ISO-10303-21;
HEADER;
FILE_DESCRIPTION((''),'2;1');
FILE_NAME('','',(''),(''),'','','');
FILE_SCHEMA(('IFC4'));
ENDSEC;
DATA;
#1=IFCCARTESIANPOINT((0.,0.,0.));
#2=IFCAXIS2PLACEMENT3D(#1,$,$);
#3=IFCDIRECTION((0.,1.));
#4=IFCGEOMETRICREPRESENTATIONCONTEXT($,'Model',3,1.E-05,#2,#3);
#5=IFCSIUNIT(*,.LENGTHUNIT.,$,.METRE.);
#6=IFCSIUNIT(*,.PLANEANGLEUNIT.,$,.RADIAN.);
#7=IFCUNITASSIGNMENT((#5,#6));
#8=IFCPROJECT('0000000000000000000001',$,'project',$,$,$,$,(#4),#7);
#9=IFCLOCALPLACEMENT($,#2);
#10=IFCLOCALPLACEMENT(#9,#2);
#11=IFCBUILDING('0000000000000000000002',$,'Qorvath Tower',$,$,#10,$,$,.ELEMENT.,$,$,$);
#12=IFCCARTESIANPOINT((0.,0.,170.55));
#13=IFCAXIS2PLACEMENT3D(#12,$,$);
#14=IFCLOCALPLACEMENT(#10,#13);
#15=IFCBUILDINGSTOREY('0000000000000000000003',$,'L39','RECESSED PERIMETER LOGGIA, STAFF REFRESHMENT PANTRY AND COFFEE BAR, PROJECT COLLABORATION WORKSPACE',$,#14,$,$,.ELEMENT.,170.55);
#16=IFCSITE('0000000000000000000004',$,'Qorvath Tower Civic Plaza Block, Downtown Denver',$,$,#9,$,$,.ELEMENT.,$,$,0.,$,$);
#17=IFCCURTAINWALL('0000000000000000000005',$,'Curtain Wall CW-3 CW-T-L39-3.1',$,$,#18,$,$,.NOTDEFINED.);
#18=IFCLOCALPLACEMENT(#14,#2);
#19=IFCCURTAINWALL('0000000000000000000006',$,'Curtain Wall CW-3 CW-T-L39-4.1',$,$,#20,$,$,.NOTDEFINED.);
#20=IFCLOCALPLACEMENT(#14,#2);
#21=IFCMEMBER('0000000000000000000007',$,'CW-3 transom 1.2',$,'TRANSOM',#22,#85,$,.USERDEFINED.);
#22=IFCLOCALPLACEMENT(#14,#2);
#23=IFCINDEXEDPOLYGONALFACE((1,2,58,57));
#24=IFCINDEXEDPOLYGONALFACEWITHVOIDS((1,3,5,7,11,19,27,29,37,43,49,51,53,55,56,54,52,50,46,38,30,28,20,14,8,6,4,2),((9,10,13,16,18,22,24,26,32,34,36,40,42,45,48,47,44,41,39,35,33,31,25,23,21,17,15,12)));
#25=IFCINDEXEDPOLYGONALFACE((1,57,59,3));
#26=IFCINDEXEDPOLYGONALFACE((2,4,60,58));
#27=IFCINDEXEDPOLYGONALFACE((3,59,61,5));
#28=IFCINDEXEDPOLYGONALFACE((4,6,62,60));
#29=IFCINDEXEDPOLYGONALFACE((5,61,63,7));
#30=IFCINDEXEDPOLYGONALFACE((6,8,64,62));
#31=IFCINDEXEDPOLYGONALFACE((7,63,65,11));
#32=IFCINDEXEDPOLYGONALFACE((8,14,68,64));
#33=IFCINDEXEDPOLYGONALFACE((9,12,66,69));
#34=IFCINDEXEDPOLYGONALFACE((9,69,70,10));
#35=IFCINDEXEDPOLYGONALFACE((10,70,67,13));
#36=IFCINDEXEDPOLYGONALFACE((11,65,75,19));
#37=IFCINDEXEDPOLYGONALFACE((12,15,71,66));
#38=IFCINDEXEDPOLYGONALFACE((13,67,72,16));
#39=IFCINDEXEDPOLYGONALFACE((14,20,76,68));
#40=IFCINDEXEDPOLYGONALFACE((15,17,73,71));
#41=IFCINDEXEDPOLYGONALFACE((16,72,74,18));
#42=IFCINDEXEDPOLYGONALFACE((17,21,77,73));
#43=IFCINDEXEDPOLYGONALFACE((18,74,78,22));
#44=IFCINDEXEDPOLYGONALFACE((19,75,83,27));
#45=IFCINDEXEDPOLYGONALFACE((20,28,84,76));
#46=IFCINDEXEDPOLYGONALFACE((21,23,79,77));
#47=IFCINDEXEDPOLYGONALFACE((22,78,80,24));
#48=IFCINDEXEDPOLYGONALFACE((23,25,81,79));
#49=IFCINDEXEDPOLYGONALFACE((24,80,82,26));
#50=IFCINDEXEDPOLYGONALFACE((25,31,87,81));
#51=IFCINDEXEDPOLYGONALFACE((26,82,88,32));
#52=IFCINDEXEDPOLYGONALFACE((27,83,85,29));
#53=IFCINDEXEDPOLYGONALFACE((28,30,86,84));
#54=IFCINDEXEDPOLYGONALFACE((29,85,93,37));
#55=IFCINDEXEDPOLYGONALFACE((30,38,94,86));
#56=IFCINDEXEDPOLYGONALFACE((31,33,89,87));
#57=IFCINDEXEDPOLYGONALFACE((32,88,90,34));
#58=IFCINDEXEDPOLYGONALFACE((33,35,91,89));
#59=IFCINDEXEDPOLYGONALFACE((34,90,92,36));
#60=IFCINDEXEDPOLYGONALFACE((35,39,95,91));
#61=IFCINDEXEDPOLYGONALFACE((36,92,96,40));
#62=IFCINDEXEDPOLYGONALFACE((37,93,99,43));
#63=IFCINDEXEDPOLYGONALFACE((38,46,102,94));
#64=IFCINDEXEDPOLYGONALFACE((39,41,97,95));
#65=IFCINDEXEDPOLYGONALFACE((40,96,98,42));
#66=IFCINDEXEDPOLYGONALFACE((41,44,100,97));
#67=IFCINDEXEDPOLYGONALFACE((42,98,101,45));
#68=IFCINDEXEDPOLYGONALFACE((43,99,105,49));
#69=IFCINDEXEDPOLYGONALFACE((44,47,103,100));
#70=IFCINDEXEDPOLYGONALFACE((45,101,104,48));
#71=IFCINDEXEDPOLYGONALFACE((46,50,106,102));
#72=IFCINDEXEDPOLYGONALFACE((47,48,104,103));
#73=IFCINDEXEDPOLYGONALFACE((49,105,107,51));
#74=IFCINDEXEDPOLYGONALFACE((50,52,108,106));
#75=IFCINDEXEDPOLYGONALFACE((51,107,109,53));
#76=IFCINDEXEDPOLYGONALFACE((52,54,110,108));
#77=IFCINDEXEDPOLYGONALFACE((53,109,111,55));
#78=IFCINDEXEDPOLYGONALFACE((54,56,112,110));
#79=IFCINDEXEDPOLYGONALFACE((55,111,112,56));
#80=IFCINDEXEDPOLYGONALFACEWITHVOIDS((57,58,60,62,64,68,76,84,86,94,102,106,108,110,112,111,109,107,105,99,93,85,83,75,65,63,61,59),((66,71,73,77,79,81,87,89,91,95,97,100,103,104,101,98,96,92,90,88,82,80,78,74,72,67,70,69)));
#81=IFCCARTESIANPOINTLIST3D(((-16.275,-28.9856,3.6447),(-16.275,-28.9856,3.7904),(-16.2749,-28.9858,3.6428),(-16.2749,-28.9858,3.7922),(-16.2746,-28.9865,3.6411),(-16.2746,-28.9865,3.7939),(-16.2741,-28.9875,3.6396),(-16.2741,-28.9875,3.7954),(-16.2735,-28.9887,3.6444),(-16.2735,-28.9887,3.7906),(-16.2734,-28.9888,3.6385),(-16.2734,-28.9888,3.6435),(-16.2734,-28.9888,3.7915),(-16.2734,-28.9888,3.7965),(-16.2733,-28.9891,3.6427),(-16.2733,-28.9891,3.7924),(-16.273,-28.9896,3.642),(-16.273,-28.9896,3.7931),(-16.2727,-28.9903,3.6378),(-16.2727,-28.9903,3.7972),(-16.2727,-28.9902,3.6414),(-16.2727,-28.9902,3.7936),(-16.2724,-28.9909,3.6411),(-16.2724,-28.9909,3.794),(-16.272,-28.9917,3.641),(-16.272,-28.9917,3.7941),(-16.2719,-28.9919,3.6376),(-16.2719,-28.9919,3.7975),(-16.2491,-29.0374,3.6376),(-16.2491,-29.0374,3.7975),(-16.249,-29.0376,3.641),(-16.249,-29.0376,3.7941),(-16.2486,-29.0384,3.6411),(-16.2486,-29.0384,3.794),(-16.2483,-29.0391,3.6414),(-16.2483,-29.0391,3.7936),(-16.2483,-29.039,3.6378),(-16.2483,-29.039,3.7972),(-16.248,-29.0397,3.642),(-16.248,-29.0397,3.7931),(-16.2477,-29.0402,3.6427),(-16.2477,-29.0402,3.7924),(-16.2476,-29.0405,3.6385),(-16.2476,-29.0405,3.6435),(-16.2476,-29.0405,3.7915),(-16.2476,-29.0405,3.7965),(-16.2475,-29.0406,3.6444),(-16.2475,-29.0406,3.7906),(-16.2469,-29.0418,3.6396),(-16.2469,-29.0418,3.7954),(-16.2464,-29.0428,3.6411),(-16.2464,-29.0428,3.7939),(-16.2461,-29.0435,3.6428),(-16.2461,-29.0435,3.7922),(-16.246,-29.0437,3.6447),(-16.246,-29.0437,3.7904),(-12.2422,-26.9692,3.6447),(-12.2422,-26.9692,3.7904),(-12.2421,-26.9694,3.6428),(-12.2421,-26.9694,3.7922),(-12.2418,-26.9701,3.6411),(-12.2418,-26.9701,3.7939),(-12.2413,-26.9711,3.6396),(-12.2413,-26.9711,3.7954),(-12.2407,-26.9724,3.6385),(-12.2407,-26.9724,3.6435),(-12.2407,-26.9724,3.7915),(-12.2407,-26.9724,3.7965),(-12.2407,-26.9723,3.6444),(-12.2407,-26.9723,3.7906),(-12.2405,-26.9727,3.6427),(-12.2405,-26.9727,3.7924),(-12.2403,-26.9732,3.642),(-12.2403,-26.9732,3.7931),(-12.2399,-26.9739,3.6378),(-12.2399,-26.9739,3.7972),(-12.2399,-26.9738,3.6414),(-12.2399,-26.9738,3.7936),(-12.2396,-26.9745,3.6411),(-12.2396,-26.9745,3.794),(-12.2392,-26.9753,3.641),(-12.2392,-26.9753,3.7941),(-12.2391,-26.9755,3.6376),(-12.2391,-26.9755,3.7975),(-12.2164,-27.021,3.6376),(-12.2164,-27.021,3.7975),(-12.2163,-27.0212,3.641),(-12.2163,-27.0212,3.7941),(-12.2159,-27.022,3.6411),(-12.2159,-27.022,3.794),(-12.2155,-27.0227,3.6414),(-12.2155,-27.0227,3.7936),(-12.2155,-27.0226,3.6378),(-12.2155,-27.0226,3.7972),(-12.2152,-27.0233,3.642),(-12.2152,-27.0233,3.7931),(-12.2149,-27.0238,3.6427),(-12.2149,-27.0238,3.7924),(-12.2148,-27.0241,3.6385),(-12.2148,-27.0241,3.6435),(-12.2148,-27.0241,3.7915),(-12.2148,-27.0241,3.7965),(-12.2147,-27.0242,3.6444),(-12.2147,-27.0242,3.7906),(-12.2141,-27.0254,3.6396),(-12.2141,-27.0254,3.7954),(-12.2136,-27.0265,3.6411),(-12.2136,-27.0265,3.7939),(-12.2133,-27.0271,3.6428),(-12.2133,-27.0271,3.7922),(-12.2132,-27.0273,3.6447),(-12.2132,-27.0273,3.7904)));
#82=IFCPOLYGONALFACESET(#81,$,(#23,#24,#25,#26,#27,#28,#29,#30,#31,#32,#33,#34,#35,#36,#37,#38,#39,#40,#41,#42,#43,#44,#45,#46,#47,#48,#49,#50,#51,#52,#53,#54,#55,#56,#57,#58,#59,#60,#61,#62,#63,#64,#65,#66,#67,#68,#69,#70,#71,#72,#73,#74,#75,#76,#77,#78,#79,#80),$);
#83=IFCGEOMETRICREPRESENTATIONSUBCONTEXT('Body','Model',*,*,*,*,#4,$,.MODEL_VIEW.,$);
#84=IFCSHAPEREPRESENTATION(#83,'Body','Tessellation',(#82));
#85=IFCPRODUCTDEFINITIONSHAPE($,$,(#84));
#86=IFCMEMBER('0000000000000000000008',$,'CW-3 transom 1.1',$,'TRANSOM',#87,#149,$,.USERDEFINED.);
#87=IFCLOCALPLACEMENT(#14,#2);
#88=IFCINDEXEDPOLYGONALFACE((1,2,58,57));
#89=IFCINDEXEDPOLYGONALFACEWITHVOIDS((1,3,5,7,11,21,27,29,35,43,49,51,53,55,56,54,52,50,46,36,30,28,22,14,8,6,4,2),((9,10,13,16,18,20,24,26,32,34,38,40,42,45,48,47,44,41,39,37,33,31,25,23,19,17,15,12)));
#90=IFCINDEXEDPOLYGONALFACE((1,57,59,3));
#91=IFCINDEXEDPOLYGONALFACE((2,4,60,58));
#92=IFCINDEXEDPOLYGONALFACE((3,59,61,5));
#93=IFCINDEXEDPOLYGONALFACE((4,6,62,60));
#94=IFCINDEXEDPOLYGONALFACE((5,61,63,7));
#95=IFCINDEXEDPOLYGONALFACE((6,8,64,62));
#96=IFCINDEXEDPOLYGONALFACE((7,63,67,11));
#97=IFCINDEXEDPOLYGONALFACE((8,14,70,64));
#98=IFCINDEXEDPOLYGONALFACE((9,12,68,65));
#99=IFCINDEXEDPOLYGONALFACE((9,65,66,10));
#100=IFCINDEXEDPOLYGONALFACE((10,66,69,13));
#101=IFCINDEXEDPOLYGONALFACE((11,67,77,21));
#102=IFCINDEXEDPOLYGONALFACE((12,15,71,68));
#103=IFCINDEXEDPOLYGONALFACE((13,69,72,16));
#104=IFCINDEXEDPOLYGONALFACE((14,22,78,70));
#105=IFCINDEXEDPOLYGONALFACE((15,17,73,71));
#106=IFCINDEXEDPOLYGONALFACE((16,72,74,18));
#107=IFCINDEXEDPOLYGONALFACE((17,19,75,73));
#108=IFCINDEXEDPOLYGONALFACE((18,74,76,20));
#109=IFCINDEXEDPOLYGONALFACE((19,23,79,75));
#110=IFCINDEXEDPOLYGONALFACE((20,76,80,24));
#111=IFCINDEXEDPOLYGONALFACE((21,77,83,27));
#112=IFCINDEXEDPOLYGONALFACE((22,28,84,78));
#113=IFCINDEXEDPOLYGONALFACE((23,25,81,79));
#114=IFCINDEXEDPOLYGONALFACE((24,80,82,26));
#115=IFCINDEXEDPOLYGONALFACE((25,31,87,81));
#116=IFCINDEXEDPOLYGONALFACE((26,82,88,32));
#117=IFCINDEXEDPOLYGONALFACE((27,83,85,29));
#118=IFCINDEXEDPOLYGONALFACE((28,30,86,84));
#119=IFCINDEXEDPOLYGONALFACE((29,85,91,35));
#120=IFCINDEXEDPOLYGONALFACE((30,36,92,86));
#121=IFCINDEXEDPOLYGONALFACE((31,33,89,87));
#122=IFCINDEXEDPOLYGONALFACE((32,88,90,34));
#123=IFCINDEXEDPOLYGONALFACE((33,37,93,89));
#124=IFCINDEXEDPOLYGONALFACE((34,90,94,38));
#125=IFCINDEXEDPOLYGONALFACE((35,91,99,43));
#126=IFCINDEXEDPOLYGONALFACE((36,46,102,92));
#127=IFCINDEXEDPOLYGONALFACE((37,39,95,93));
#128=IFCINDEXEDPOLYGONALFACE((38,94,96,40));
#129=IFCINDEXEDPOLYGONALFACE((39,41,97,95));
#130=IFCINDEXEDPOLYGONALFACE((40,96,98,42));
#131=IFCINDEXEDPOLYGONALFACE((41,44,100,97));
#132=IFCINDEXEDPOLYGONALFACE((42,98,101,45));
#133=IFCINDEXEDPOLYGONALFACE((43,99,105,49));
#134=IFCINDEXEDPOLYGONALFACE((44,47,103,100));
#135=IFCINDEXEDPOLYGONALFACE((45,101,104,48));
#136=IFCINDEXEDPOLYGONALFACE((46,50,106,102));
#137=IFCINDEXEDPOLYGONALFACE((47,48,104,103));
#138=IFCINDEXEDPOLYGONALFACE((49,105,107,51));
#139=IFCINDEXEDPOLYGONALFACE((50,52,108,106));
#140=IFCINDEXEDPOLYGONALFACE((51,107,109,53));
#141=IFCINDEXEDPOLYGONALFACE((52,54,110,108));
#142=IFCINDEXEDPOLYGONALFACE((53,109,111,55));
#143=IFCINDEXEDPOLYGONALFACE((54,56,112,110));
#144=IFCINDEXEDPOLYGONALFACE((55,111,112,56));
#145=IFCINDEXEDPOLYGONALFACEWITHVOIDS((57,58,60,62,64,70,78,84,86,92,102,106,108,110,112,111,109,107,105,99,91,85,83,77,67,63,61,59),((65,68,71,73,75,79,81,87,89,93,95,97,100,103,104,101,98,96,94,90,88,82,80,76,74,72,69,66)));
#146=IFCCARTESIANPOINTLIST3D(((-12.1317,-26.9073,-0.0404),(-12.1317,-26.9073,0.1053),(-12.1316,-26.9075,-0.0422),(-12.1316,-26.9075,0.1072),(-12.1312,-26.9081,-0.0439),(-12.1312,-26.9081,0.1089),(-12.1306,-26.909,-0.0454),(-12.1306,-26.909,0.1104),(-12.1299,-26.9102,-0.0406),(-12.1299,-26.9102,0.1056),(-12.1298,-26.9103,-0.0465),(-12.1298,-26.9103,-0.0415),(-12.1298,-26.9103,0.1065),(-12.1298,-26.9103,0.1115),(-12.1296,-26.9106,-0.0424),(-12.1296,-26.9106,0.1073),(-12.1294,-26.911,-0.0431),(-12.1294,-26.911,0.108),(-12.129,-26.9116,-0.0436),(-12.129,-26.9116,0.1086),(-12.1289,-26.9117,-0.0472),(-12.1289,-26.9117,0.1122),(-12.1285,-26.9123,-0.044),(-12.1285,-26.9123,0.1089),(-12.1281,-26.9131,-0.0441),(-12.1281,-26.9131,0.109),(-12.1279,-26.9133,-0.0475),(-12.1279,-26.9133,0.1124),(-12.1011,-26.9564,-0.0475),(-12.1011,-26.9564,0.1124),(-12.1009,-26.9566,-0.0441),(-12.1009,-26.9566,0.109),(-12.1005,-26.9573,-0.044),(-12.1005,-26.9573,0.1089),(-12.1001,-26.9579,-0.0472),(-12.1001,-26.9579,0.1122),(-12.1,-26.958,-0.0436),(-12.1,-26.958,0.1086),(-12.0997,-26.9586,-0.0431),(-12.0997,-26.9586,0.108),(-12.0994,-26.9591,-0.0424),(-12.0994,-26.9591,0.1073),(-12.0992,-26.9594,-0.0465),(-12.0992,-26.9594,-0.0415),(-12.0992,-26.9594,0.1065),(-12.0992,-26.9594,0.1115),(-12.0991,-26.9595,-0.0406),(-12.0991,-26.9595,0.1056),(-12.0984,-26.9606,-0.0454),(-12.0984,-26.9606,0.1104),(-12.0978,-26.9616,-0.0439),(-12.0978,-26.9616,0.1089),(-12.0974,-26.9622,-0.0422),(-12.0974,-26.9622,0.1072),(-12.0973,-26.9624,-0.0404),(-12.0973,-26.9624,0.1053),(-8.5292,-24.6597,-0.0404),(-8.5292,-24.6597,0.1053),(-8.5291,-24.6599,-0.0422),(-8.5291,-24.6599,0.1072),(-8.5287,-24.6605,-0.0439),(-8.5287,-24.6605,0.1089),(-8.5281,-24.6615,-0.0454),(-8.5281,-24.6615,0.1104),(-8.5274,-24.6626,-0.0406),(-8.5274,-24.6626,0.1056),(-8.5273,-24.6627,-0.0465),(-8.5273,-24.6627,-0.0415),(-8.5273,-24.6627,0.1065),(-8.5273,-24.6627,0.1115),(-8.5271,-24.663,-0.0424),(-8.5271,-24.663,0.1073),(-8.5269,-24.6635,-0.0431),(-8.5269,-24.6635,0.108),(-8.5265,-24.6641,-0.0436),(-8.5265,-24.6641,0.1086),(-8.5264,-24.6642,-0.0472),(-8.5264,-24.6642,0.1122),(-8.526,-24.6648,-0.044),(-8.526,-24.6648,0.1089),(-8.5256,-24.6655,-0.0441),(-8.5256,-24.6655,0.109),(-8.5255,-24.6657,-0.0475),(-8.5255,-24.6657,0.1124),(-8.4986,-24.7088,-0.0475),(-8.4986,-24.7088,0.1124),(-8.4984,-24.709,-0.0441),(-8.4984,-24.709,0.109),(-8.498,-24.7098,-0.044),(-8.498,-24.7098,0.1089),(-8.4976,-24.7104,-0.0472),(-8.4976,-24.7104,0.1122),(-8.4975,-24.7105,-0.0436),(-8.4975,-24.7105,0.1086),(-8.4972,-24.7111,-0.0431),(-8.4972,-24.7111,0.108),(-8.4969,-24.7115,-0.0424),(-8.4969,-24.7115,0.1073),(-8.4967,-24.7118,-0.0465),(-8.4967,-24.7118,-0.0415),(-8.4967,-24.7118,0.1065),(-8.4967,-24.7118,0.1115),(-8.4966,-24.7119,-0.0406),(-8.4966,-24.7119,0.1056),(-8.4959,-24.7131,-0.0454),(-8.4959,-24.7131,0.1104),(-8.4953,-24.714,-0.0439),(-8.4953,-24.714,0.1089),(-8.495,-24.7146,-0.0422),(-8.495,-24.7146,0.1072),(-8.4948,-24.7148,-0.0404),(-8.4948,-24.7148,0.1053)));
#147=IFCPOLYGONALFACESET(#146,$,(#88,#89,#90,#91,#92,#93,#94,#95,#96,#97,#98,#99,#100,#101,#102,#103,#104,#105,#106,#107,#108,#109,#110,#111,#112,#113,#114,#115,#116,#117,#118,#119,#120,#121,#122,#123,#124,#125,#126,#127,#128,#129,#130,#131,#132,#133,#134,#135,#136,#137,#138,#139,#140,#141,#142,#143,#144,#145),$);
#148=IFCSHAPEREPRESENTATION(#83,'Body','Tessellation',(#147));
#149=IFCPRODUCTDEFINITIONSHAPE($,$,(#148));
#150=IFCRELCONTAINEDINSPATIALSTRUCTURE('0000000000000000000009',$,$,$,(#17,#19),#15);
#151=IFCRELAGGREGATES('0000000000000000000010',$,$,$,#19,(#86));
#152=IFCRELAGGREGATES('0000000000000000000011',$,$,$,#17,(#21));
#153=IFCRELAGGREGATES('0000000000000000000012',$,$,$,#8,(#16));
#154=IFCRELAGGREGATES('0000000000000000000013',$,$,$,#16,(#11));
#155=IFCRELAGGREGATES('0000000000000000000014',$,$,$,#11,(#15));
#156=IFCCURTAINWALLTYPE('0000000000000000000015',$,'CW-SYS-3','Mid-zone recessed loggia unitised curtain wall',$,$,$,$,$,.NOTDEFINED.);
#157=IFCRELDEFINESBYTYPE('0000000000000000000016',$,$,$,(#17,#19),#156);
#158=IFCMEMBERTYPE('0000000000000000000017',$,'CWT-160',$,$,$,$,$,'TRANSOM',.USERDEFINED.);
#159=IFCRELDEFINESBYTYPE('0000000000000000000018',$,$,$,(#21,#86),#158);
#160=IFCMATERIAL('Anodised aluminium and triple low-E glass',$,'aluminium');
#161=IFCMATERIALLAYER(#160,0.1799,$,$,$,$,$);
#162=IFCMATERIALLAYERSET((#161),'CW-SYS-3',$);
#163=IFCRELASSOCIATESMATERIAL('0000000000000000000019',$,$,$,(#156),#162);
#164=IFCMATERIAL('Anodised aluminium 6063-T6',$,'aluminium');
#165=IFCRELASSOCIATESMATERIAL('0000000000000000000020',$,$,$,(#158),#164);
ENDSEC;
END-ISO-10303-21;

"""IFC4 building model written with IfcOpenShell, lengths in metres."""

from ifc_helpers import new_model, si_unit, direction, frame, origin, origin_2d, place, context, subcontext, project, spatial, hollow_rectangle, extrude, material, layer, layer_set, material_profile, profile_set, type_object, element, aggregate, save


model = new_model("IFC4")

# Units and contexts
model_context = context("Model", 3, precision=1e-05, world=origin(), true_north=direction((0.0, 1.0)))
body_context = subcontext(model_context, "Body", "Model", "MODEL_VIEW")
ifc_project = project(units=[si_unit("LENGTHUNIT", "METRE"), si_unit("PLANEANGLEUNIT", "RADIAN")], contexts=[model_context])

# Site, building, storey
site_placement = place(None, origin())
site = spatial("IfcSite", under=ifc_project, at=site_placement, Name="Qorvath Tower Civic Plaza Block, Downtown Denver", CompositionType="ELEMENT", RefElevation=0.0)
building_placement = place(site_placement, origin())
building = spatial("IfcBuilding", under=site, at=building_placement, Name="Qorvath Tower", CompositionType="ELEMENT")
storey_placement = place(building_placement, frame((0.0, 0.0, 170.55)))
storey = spatial("IfcBuildingStorey", under=building, at=storey_placement, Name="L39", Description="RECESSED PERIMETER LOGGIA, STAFF REFRESHMENT PANTRY AND COFFEE BAR, PROJECT COLLABORATION WORKSPACE", CompositionType="ELEMENT", Elevation=170.55)

# Shared definitions
ifc_material_1 = material(Name="Anodised aluminium and triple low-E glass", Category="aluminium")
ifc_layer_1 = layer(ifc_material_1, 0.1799)
ifc_layer_set_1 = layer_set([ifc_layer_1], Name="CW-SYS-3")
curtain_wall_type = type_object("IfcCurtainWallType", Name="CW-SYS-3", Description="Mid-zone recessed loggia unitised curtain wall", PredefinedType="NOTDEFINED", material=ifc_layer_set_1)

# Curtain wall
curtain_wall_1_placement = place(storey_placement, origin())
curtain_wall_1 = element("IfcCurtainWall", 1, at=curtain_wall_1_placement, inside=storey, type_object=curtain_wall_type, Name="Curtain Wall CW-3 CW-T-L39-3.1", PredefinedType="NOTDEFINED")

# Curtain wall
curtain_wall_2_placement = place(storey_placement, origin())
curtain_wall_2 = element("IfcCurtainWall", 2, at=curtain_wall_2_placement, inside=storey, type_object=curtain_wall_type, Name="Curtain Wall CW-3 CW-T-L39-4.1", PredefinedType="NOTDEFINED")

# Members
ifc_material_2 = material(Name="Anodised aluminium 6063-T6", Category="aluminium")
ifc_material_profile_1 = material_profile(ifc_material_2, hollow_rectangle(XDim=0.0649, YDim=0.1599, WallThickness=0.0034, InnerFilletRadius=0.0034, OuterFilletRadius=0.0071, at=origin_2d()), Name="CWT 160x65")
ifc_profile_set_1 = profile_set([ifc_material_profile_1], Name="Anodised aluminium 6063-T6")
member_type_1 = type_object("IfcMemberType", Name="CWT-160", ElementType="TRANSOM", PredefinedType="USERDEFINED", material=ifc_profile_set_1)
member_1_placement = place(storey_placement, frame((-16.2605, -29.0146, 3.7175), z_axis=(0.894427, 0.447214, 0.0), x_axis=(-0.447214, 0.894427, 0.0)))
member_1 = element("IfcMember", 3, at=member_1_placement, type_object=member_type_1, Name="CW-3 transom 1.2", ObjectType="TRANSOM", PredefinedType="USERDEFINED", context=body_context, shape_type="SweptSolid", body=[
    extrude(hollow_rectangle(XDim=0.0649, YDim=0.1599, WallThickness=0.0034, InnerFilletRadius=0.0034, OuterFilletRadius=0.0071, at=origin_2d()), origin(), (0.0, 0.0, 1.0), 4.5088),
])
member_2_placement = place(storey_placement, frame((-12.1145, -26.9348, 0.0325), z_axis=(0.848424, 0.529317, 0.0), x_axis=(-0.529317, 0.848424, 0.0)))
member_2 = element("IfcMember", 4, at=member_2_placement, type_object=member_type_1, Name="CW-3 transom 1.1", ObjectType="TRANSOM", PredefinedType="USERDEFINED", context=body_context, shape_type="SweptSolid", body=[
    extrude(hollow_rectangle(XDim=0.0649, YDim=0.1599, WallThickness=0.0034, InnerFilletRadius=0.0034, OuterFilletRadius=0.0071, at=origin_2d()), origin(), (0.0, 0.0, 1.0), 4.2461),
])
aggregate(curtain_wall_2, [member_2])

aggregate(curtain_wall_1, [member_1])

save(model, "model.ifc")
